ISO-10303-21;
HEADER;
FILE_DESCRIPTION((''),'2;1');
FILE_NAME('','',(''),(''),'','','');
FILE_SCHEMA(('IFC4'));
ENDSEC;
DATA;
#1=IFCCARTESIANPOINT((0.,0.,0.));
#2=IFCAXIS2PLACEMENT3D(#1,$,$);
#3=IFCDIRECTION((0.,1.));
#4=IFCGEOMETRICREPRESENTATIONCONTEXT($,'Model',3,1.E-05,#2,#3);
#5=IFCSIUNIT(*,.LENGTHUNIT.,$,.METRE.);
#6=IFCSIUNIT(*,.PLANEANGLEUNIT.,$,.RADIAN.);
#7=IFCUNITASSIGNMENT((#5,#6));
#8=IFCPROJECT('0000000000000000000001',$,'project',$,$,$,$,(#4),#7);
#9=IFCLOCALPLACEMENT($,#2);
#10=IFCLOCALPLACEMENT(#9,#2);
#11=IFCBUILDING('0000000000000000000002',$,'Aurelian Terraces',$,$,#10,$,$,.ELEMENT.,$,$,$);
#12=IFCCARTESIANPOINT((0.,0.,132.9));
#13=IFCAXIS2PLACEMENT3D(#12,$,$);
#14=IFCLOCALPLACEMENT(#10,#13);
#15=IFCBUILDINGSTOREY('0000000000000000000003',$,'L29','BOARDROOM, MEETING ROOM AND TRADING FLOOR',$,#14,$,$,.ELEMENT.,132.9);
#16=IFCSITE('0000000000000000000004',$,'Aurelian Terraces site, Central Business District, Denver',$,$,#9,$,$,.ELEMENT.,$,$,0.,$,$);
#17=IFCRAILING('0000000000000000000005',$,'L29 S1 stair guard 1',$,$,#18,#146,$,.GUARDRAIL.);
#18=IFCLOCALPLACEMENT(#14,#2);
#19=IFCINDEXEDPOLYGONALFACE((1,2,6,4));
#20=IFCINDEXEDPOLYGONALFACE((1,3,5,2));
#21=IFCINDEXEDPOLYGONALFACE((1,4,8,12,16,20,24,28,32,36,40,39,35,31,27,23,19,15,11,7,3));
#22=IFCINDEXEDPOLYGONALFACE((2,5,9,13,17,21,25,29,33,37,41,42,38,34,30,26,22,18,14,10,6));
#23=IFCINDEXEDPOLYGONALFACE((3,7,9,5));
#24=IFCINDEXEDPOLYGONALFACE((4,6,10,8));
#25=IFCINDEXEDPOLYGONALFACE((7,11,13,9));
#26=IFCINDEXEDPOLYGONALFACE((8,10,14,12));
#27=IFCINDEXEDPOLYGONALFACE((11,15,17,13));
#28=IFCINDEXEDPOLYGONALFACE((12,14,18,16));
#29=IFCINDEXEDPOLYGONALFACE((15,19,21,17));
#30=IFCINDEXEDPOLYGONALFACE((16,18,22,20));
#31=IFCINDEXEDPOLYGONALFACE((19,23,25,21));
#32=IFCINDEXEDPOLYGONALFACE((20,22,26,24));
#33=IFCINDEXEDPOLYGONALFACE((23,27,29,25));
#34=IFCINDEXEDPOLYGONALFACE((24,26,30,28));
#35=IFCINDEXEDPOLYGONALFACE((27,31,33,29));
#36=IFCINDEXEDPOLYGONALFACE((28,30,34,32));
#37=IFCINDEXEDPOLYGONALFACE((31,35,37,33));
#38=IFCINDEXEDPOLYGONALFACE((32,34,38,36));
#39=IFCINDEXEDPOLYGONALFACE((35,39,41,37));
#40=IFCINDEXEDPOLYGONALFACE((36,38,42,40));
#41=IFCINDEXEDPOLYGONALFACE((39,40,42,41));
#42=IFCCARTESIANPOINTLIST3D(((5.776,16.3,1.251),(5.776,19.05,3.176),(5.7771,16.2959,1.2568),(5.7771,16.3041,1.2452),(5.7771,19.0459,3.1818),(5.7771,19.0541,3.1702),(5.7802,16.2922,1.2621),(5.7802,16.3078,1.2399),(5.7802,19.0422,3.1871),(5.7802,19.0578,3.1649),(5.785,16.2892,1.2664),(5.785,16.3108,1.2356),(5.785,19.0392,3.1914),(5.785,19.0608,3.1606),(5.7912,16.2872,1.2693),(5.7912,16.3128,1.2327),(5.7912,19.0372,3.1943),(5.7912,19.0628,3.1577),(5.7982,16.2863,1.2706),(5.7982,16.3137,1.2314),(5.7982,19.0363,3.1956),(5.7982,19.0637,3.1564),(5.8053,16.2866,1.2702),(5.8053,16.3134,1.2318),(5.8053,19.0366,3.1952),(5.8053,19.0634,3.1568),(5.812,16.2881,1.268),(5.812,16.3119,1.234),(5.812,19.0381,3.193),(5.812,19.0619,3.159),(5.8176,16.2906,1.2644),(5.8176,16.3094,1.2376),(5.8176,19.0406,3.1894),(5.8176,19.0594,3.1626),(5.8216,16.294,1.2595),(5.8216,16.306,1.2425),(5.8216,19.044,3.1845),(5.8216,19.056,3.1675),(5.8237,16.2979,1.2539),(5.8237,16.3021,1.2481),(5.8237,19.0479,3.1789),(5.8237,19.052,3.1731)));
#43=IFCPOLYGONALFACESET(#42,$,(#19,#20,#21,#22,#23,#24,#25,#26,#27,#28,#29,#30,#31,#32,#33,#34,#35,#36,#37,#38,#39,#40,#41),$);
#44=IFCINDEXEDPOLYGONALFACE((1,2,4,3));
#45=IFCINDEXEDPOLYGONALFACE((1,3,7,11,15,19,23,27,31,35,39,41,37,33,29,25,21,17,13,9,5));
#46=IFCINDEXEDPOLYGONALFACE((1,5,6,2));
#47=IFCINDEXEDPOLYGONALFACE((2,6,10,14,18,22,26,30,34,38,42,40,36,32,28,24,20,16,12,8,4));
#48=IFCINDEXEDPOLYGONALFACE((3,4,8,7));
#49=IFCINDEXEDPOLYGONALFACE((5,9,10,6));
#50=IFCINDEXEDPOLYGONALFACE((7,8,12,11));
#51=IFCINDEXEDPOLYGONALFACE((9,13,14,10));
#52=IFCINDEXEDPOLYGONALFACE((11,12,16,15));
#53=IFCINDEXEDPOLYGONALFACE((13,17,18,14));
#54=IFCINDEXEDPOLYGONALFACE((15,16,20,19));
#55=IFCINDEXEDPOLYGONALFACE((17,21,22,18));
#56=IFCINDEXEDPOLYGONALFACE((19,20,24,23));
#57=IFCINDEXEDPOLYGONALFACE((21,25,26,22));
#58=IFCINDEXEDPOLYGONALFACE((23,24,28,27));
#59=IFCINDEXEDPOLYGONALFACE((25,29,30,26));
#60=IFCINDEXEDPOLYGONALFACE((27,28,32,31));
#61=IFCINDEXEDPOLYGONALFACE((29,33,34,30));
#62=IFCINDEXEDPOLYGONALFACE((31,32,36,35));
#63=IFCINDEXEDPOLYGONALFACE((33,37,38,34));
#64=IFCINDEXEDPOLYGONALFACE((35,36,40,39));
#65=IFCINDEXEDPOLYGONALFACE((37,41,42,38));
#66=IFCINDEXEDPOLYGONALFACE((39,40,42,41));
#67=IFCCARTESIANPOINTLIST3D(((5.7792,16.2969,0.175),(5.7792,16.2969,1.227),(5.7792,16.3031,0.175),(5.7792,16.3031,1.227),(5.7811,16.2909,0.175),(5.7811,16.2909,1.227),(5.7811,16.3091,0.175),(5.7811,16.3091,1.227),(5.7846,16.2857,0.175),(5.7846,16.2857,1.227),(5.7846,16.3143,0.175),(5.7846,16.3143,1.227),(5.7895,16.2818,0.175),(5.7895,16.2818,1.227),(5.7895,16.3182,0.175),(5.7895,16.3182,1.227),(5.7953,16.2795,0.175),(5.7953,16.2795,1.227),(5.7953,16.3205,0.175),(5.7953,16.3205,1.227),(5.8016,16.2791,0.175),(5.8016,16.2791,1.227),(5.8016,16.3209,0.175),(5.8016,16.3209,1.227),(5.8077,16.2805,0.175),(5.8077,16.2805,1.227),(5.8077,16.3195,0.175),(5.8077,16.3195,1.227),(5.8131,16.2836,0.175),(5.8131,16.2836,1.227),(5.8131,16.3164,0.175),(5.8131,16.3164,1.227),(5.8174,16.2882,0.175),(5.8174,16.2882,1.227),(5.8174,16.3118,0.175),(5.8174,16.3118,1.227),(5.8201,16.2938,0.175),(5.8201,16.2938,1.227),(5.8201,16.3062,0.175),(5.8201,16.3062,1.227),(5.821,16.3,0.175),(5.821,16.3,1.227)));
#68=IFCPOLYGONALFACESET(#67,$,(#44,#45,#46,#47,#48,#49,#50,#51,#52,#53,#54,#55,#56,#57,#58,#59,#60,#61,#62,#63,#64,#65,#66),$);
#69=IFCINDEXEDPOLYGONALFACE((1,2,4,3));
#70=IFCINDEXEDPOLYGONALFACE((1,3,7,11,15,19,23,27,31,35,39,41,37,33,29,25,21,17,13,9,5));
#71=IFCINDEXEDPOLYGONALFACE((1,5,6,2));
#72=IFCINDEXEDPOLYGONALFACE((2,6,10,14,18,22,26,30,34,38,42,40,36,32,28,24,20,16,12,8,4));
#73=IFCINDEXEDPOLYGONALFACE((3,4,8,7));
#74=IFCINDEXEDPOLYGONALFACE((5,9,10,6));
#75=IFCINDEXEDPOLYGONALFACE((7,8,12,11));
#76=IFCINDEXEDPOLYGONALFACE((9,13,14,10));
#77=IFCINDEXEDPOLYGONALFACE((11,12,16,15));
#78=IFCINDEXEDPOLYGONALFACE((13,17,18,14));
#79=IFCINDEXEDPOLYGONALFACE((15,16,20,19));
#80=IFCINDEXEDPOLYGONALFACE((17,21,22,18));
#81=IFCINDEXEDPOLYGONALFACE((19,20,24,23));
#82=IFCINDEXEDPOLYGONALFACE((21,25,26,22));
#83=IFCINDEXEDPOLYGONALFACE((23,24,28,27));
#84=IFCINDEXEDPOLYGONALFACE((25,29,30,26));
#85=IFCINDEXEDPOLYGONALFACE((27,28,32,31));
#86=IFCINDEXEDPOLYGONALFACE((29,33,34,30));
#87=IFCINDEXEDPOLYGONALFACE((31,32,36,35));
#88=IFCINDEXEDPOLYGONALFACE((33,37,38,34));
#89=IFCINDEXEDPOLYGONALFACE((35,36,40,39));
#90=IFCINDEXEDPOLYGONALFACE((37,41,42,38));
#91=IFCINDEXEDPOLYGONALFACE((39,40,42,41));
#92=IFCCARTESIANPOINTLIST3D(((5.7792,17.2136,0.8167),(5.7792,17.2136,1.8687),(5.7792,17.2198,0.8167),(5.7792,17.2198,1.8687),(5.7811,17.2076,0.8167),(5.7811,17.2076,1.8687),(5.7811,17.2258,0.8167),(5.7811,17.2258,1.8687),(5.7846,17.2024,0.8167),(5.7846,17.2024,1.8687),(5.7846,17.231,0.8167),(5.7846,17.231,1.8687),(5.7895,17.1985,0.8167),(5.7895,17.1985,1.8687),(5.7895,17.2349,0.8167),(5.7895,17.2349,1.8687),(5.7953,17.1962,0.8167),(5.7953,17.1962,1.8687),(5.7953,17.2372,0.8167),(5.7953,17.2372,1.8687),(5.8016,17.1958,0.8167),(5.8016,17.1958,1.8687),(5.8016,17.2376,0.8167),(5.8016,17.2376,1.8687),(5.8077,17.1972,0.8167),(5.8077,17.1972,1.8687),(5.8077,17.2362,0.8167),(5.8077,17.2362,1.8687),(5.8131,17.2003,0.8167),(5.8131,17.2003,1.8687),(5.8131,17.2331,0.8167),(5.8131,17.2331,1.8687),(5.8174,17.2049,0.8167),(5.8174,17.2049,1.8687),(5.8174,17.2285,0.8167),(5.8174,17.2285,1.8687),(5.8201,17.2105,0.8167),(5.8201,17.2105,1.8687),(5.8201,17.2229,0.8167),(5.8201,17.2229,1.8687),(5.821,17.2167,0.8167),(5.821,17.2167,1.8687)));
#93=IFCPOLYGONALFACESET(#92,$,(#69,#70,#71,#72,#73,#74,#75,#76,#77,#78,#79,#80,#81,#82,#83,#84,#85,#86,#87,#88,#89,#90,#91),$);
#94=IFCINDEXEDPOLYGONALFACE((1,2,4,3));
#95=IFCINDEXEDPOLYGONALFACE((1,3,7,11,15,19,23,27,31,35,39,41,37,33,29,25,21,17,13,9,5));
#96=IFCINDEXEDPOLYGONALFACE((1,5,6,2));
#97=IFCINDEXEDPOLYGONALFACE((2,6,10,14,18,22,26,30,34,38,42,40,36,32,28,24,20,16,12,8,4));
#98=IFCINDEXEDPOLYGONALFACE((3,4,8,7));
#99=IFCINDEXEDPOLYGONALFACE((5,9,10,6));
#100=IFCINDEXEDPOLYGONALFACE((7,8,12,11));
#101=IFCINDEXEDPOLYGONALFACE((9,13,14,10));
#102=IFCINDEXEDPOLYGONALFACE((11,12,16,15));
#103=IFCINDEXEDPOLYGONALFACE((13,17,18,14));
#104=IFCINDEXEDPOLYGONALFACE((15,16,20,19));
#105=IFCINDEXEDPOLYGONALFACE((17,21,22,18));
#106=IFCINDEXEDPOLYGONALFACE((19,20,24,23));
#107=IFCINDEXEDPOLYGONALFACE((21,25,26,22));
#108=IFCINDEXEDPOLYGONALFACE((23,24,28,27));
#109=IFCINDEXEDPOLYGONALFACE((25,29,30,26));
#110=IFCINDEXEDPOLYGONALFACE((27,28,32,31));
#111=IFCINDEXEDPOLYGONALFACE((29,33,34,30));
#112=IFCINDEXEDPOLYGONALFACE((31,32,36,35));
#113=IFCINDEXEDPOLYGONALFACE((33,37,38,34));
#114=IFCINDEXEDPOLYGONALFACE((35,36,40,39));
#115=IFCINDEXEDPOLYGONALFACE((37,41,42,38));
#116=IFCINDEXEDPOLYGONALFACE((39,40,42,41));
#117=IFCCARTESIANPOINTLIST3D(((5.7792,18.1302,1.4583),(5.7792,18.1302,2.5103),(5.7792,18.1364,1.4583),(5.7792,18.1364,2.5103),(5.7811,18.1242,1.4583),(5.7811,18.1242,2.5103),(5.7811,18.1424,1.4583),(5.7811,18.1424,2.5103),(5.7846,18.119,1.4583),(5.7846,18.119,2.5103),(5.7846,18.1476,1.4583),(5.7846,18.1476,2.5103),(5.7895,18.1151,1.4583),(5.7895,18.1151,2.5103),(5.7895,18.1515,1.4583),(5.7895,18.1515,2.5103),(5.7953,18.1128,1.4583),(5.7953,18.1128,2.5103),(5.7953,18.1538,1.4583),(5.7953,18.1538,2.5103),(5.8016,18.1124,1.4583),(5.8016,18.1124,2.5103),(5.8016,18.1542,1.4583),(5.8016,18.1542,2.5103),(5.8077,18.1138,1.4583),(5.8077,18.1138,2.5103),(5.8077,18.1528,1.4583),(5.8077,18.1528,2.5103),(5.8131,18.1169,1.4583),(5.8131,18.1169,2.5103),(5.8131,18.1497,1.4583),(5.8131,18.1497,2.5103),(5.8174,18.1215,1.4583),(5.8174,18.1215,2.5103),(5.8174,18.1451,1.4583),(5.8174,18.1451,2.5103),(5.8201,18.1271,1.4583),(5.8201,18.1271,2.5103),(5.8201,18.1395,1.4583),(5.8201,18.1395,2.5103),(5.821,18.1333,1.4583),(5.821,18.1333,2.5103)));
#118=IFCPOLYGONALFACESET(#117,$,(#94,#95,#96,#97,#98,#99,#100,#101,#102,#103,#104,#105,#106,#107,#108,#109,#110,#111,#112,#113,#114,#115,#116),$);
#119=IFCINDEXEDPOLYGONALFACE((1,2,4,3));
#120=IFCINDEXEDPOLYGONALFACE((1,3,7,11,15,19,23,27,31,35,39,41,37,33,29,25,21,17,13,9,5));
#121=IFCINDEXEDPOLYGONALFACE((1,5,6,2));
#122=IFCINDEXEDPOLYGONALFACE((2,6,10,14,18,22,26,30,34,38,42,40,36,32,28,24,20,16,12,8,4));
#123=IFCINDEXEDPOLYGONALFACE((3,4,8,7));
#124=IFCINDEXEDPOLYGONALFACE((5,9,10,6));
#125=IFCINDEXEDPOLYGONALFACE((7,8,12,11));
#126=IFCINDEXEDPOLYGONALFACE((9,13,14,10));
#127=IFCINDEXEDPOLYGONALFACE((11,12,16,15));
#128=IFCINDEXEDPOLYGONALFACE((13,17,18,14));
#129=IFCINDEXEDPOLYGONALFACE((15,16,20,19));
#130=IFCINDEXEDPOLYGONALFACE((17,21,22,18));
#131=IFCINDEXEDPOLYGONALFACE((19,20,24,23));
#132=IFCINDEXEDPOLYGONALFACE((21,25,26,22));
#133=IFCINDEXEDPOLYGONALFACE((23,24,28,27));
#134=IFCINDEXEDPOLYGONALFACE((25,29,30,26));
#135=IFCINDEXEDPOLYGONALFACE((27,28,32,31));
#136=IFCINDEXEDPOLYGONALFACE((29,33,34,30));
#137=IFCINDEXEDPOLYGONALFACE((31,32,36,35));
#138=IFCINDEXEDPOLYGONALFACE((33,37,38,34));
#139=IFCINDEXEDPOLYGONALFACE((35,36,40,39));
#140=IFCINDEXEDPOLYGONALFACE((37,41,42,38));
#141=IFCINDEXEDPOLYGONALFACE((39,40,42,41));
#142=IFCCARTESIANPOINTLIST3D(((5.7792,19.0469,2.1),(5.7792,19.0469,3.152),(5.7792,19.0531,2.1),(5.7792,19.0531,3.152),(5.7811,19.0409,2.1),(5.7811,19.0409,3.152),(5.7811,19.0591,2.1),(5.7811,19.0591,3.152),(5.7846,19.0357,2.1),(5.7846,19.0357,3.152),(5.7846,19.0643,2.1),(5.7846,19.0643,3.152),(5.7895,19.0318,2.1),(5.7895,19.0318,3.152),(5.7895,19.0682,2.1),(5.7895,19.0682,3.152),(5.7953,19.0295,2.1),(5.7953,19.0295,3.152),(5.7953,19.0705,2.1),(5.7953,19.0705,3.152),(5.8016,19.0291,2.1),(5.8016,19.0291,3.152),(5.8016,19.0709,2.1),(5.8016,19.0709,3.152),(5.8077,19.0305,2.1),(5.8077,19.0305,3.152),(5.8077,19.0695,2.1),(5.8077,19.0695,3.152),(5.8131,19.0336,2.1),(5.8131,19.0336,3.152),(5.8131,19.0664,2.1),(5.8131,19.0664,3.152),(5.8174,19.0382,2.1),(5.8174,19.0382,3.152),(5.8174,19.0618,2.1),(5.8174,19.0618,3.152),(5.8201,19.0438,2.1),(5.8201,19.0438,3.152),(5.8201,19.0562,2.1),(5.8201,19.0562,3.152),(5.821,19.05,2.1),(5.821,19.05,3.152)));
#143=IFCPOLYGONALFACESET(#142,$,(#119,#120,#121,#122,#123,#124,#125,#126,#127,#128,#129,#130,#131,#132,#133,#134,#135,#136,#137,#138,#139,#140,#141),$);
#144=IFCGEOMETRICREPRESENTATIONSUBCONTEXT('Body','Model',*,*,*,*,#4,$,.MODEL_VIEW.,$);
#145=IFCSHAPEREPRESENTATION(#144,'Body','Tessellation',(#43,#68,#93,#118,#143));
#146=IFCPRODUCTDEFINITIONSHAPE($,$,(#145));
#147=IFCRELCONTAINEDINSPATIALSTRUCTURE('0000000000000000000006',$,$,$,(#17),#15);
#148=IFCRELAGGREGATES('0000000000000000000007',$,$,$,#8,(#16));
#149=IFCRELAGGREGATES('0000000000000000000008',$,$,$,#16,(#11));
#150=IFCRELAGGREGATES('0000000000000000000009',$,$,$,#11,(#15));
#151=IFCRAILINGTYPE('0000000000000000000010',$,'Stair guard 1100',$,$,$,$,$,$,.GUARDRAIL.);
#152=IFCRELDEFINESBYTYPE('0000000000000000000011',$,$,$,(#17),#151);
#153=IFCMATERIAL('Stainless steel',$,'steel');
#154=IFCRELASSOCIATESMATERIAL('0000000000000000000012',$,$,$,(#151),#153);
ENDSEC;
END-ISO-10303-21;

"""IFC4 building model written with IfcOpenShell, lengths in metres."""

from ifc_helpers import new_model, si_unit, direction, frame, origin, origin_2d, place, context, subcontext, project, spatial, circle, extrude, source, transform, mapped, material, type_object, element, save


model = new_model("IFC4")

# Units and contexts
model_context = context("Model", 3, precision=1e-05, world=origin(), true_north=direction((0.0, 1.0)))
body_context = subcontext(model_context, "Body", "Model", "MODEL_VIEW")
ifc_project = project(units=[si_unit("LENGTHUNIT", "METRE"), si_unit("PLANEANGLEUNIT", "RADIAN")], contexts=[model_context])

# Site, building, storey
site_placement = place(None, origin())
site = spatial("IfcSite", under=ifc_project, at=site_placement, Name="Aurelian Terraces site, Central Business District, Denver", CompositionType="ELEMENT", RefElevation=0.0)
building_placement = place(site_placement, origin())
building = spatial("IfcBuilding", under=site, at=building_placement, Name="Aurelian Terraces", CompositionType="ELEMENT")
storey_placement = place(building_placement, frame((0.0, 0.0, 132.9)))
storey = spatial("IfcBuildingStorey", under=building, at=storey_placement, Name="L29", Description="BOARDROOM, MEETING ROOM AND TRADING FLOOR", CompositionType="ELEMENT", Elevation=132.9)

# Railing
ifc_material_1 = material(Name="Stainless steel", Category="steel")
railing_type_1 = type_object("IfcRailingType", Name="Stair guard 1100", PredefinedType="GUARDRAIL", material=ifc_material_1)
shared_shape_1 = source(origin(), body_context, "Body", "SweptSolid", [
    extrude(circle(Radius=0.024, at=origin_2d()), frame((0.0, 0.0, 1.076), z_axis=(0.0, 0.819232, 0.573462), x_axis=(-1.0, 0.0, 0.0)), (0.0, 0.0, 1.0), 3.3568),
    extrude(circle(Radius=0.021, at=origin_2d()), origin(), (0.0, 0.0, 1.0), 1.052),
    extrude(circle(Radius=0.021, at=origin_2d()), frame((0.0, 0.9167, 0.6417)), (0.0, 0.0, 1.0), 1.052),
    extrude(circle(Radius=0.021, at=origin_2d()), frame((0.0, 1.8333, 1.2833)), (0.0, 0.0, 1.0), 1.052),
    extrude(circle(Radius=0.021, at=origin_2d()), frame((0.0, 2.75, 1.925)), (0.0, 0.0, 1.0), 1.052),
])
railing_1_placement = place(storey_placement, frame((5.8, 16.3, 0.175)))
element("IfcRailing", 1, at=railing_1_placement, inside=storey, type_object=railing_type_1, Name="L29 S1 stair guard 1", PredefinedType="GUARDRAIL", context=body_context, shape_type="MappedRepresentation", body=[
    mapped(shared_shape_1, transform((0.0, 0.0, 0.0), scale=1.0)),
])

save(model, "model.ifc")
